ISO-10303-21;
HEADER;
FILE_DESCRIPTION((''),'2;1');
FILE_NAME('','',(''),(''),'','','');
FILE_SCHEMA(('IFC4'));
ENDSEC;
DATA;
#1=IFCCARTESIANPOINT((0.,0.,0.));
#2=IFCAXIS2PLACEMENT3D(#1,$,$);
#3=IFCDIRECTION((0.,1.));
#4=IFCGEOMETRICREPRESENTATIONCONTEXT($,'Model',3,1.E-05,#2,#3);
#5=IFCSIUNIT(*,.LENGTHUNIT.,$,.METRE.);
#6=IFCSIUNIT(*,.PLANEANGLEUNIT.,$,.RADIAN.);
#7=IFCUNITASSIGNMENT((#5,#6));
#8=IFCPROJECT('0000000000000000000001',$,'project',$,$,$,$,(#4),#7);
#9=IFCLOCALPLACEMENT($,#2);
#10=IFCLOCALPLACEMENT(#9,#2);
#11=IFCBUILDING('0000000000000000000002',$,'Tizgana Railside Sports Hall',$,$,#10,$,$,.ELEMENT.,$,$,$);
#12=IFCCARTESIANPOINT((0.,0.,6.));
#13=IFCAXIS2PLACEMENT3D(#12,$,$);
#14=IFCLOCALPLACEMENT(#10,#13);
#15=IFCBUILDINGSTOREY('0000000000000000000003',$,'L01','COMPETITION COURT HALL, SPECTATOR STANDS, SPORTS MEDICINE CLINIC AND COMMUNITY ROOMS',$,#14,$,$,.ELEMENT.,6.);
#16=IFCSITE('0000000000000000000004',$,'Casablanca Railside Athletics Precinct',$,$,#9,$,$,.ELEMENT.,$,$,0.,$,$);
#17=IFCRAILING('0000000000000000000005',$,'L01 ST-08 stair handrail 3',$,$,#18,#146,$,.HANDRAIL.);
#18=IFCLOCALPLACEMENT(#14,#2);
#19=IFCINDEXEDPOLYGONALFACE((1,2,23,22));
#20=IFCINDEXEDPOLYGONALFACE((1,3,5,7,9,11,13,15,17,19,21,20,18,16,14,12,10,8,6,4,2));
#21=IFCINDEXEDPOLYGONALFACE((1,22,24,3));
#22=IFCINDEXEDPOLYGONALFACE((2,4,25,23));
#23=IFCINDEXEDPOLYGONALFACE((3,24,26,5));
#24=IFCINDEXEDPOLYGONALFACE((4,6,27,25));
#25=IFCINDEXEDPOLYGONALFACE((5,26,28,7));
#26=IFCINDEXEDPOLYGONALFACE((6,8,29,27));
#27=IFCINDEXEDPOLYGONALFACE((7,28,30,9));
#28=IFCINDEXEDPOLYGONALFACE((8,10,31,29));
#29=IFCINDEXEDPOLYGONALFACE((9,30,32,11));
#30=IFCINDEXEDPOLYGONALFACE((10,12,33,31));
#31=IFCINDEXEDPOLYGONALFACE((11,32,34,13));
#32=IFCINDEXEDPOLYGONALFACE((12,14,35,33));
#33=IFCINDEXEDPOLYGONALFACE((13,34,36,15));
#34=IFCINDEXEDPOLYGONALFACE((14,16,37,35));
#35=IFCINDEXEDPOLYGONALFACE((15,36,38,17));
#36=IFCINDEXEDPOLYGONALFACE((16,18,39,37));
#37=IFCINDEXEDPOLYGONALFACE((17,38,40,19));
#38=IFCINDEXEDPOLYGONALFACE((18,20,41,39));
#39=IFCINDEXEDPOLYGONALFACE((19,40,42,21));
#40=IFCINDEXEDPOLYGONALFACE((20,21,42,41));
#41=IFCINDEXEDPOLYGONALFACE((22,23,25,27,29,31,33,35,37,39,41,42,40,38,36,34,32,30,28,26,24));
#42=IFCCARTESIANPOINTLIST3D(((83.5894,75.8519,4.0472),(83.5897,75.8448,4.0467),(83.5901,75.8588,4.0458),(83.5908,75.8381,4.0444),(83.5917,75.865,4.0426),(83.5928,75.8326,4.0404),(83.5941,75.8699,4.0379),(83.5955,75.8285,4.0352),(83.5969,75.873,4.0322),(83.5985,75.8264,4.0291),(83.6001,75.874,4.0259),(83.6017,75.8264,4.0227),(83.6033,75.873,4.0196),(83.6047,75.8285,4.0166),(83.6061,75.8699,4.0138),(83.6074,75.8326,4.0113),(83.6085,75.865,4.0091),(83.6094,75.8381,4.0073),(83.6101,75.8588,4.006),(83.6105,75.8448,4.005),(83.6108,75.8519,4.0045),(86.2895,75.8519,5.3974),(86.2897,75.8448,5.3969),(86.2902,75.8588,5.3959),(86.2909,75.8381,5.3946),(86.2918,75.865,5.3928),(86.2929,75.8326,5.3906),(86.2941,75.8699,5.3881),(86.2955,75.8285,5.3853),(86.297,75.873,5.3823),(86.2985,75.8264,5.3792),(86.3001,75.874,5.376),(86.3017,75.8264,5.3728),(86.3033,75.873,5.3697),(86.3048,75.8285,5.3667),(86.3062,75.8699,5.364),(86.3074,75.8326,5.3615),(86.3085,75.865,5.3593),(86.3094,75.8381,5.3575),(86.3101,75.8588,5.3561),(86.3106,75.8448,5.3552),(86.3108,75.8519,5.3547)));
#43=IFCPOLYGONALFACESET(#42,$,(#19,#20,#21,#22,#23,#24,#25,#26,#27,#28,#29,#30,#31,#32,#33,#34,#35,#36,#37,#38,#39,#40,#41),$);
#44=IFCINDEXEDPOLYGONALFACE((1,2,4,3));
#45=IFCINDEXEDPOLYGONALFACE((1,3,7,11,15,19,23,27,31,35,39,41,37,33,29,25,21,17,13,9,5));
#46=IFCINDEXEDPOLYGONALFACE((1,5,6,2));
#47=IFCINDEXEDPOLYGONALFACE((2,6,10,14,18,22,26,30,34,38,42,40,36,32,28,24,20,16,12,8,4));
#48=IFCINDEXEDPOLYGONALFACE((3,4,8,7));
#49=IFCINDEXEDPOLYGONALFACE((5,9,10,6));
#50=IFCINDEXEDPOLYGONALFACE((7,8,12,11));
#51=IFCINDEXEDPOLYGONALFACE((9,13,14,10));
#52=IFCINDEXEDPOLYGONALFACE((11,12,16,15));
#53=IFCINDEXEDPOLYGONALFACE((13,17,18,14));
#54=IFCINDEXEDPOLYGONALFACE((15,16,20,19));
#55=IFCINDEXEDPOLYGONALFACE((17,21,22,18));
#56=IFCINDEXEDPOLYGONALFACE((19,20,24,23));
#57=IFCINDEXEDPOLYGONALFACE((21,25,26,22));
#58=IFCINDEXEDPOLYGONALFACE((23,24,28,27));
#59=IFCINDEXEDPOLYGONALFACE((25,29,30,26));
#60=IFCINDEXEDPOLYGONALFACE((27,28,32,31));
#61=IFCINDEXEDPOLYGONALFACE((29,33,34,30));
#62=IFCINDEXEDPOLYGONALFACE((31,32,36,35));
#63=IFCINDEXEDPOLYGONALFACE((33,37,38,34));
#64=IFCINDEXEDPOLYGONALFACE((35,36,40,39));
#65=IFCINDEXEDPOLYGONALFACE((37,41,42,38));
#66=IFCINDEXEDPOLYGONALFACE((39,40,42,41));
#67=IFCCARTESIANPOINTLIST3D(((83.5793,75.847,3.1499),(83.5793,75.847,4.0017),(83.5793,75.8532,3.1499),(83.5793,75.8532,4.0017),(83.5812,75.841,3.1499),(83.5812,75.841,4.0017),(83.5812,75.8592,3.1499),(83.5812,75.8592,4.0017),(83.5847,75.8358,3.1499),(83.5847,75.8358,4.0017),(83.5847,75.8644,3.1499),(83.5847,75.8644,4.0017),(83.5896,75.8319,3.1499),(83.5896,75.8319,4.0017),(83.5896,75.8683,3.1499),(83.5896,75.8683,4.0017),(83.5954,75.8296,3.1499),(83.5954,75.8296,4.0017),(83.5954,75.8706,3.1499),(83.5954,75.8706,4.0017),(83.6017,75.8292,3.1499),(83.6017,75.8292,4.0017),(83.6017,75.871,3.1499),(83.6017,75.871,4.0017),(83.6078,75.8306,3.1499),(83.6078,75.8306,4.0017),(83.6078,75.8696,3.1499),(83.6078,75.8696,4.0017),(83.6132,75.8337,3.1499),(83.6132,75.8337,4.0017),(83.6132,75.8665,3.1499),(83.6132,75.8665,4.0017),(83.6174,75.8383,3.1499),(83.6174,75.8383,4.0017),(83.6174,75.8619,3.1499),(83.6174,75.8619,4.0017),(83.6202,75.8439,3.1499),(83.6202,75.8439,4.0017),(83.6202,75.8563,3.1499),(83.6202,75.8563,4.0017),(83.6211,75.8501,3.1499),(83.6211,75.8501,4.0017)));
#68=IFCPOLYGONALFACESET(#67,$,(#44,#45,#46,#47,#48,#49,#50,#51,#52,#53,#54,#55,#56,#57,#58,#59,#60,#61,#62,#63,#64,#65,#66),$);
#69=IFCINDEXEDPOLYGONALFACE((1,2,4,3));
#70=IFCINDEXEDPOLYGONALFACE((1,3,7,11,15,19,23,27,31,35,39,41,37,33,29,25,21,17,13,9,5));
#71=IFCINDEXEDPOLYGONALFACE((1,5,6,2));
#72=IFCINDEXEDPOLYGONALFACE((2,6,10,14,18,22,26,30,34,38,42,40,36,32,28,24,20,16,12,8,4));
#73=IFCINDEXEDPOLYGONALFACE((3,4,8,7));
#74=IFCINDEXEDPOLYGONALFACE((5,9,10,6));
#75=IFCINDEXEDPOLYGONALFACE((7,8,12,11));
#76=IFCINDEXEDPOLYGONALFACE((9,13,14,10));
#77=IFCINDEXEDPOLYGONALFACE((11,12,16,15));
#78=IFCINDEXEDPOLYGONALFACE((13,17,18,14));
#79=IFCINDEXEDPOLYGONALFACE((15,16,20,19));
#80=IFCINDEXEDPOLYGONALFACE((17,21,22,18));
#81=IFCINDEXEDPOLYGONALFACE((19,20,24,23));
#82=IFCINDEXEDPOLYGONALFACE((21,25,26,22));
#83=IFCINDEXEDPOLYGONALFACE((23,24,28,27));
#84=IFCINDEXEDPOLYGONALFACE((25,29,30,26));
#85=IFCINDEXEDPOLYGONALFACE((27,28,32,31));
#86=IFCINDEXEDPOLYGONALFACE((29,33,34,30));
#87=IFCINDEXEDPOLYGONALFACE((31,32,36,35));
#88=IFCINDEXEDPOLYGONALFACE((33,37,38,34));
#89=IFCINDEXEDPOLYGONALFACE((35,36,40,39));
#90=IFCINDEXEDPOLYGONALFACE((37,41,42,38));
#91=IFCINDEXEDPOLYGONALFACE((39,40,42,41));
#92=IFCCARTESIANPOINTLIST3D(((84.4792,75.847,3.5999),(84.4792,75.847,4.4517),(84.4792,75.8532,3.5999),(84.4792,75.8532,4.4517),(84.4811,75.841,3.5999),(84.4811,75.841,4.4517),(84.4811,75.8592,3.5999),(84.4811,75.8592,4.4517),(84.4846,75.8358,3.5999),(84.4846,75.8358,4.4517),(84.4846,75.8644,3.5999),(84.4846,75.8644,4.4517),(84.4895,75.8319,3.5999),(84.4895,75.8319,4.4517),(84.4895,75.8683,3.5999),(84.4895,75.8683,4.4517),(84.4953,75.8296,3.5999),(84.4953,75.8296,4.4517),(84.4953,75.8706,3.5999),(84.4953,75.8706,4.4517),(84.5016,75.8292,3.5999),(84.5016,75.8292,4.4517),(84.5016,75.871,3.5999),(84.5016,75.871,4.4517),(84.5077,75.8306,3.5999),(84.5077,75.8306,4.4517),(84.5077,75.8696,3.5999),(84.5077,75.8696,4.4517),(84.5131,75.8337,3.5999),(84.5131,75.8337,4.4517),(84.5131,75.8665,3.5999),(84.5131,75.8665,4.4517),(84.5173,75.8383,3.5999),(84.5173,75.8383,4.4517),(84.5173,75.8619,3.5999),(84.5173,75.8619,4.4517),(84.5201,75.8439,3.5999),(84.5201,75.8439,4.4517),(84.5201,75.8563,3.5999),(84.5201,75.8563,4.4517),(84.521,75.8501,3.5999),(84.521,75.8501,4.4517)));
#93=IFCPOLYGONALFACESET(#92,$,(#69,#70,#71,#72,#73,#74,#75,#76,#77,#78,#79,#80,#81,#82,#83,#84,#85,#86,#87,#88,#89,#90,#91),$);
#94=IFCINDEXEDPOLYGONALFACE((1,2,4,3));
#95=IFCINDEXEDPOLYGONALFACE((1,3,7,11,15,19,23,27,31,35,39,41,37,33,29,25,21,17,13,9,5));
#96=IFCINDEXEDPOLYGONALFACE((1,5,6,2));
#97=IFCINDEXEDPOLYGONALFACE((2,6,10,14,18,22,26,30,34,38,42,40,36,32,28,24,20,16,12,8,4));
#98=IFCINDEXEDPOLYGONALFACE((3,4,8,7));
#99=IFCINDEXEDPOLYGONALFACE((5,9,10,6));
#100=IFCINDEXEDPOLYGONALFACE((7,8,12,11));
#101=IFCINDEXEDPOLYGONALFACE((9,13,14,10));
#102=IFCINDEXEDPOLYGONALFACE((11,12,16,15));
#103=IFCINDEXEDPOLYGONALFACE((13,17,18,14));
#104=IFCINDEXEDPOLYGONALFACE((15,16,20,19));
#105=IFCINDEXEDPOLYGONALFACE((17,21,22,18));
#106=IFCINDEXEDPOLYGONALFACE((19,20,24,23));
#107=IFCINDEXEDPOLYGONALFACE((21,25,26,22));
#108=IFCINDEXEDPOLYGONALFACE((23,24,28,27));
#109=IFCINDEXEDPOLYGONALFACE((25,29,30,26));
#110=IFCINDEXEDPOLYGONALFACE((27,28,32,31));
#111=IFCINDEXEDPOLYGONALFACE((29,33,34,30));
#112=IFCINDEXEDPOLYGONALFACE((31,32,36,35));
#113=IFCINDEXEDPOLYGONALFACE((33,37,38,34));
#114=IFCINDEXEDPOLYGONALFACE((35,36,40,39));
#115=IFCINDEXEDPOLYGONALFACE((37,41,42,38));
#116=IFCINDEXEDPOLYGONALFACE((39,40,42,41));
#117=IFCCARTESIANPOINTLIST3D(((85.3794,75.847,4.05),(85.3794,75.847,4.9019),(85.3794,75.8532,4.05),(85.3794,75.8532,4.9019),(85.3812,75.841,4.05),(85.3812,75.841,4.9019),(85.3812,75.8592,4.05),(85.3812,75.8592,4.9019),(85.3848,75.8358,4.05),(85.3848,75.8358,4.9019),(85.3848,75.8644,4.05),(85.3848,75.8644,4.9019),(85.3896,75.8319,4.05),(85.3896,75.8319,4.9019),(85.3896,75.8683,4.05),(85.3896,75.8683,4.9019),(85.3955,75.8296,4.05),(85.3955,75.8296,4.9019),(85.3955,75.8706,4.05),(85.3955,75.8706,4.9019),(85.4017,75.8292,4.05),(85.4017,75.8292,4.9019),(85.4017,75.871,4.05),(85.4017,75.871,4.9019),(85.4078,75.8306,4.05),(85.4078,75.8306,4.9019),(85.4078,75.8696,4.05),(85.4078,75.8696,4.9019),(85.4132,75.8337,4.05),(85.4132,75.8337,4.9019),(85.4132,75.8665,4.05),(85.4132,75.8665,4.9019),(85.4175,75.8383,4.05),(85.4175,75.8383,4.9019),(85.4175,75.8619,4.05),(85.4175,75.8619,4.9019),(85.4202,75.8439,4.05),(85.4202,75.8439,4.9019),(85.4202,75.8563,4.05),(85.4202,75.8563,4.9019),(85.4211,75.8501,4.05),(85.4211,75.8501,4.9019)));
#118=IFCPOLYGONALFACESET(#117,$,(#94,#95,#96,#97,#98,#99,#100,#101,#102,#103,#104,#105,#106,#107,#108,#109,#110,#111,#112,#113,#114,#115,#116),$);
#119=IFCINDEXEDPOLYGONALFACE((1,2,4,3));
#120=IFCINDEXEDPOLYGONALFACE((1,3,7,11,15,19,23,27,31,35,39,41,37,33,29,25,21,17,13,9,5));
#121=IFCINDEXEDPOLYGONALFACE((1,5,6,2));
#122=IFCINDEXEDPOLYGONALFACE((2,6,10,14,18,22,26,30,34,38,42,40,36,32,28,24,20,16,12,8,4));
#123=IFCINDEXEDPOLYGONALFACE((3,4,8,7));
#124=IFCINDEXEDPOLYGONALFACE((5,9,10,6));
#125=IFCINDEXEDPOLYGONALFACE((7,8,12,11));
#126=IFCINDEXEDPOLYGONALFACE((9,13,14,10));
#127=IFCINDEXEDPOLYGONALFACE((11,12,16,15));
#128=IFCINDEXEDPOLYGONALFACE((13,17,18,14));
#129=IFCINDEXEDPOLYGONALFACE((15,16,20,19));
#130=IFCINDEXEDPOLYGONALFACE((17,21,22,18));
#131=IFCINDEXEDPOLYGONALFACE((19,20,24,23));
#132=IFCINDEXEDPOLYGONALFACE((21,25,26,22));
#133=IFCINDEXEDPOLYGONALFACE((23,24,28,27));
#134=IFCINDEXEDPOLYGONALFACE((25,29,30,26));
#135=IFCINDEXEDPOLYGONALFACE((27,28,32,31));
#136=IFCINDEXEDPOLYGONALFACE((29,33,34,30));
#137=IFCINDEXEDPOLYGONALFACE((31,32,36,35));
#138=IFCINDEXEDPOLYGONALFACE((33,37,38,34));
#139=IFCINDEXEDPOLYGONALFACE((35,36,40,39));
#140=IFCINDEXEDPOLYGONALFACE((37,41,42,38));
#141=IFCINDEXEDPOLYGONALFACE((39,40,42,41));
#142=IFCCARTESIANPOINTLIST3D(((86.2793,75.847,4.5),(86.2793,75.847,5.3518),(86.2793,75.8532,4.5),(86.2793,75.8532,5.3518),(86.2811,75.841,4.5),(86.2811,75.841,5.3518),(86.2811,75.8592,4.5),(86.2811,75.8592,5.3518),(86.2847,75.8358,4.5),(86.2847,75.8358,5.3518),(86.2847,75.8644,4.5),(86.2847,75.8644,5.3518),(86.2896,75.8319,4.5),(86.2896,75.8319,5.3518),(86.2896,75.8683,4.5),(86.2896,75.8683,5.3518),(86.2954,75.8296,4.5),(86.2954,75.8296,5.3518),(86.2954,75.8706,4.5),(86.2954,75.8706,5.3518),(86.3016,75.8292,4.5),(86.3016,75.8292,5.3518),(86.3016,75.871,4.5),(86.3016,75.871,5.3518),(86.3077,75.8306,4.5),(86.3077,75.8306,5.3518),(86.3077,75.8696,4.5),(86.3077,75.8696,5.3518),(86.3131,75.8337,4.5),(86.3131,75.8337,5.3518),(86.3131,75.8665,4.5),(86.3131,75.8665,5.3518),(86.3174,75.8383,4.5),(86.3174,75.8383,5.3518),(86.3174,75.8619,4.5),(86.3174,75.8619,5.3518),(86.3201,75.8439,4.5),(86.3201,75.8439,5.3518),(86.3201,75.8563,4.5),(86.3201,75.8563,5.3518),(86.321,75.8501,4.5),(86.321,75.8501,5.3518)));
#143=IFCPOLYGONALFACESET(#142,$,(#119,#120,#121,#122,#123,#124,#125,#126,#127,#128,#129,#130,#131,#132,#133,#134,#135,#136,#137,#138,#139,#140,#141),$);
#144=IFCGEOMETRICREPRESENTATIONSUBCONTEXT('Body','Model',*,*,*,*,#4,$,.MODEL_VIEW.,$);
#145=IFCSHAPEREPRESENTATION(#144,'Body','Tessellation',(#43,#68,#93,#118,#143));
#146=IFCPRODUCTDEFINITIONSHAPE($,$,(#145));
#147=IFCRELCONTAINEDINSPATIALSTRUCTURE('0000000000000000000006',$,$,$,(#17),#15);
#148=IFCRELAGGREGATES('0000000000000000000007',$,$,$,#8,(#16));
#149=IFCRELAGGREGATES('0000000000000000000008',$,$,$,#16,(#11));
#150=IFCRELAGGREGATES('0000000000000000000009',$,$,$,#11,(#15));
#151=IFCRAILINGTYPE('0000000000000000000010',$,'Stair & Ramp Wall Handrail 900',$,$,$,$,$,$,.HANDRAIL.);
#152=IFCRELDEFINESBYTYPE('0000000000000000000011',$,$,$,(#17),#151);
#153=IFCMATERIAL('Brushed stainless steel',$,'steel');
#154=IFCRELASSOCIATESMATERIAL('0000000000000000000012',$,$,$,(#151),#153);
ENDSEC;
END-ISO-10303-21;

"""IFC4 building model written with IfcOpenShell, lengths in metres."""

from ifc_helpers import new_model, si_unit, direction, frame, origin, origin_2d, place, context, subcontext, project, spatial, circle, extrude, material, type_object, element, save


model = new_model("IFC4")

# Units and contexts
model_context = context("Model", 3, precision=1e-05, world=origin(), true_north=direction((0.0, 1.0)))
body_context = subcontext(model_context, "Body", "Model", "MODEL_VIEW")
ifc_project = project(units=[si_unit("LENGTHUNIT", "METRE"), si_unit("PLANEANGLEUNIT", "RADIAN")], contexts=[model_context])

# Site, building, storey
site_placement = place(None, origin())
site = spatial("IfcSite", under=ifc_project, at=site_placement, Name="Casablanca Railside Athletics Precinct", CompositionType="ELEMENT", RefElevation=0.0)
building_placement = place(site_placement, origin())
building = spatial("IfcBuilding", under=site, at=building_placement, Name="Tizgana Railside Sports Hall", CompositionType="ELEMENT")
storey_placement = place(building_placement, frame((0.0, 0.0, 6.0)))
storey = spatial("IfcBuildingStorey", under=building, at=storey_placement, Name="L01", Description="COMPETITION COURT HALL, SPECTATOR STANDS, SPORTS MEDICINE CLINIC AND COMMUNITY ROOMS", CompositionType="ELEMENT", Elevation=6.0)

# Railing
ifc_material_1 = material(Name="Brushed stainless steel", Category="steel")
railing_type_1 = type_object("IfcRailingType", Name="Stair & Ramp Wall Handrail 900", PredefinedType="HANDRAIL", material=ifc_material_1)
railing_1_placement = place(storey_placement, frame((83.6001, 75.8501, 3.1499)))
element("IfcRailing", 1, at=railing_1_placement, inside=storey, type_object=railing_type_1, Name="L01 ST-08 stair handrail 3", PredefinedType="HANDRAIL", context=body_context, shape_type="SweptSolid", body=[
    extrude(circle(Radius=0.0239, at=origin_2d()), frame((0.0, 0.0, 0.876), z_axis=(0.894411, 0.0, 0.447246), x_axis=(0.0, 1.0, 0.0)), (0.0, 0.0, 1.0), 3.0188),
    extrude(circle(Radius=0.021, at=origin_2d()), origin(), (0.0, 0.0, 1.0), 0.8518),
    extrude(circle(Radius=0.021, at=origin_2d()), frame((0.8999, 0.0, 0.45)), (0.0, 0.0, 1.0), 0.8518),
    extrude(circle(Radius=0.021, at=origin_2d()), frame((1.8, 0.0, 0.9001)), (0.0, 0.0, 1.0), 0.8518),
    extrude(circle(Radius=0.021, at=origin_2d()), frame((2.7, 0.0, 1.3501)), (0.0, 0.0, 1.0), 0.8518),
])

save(model, "model.ifc")
